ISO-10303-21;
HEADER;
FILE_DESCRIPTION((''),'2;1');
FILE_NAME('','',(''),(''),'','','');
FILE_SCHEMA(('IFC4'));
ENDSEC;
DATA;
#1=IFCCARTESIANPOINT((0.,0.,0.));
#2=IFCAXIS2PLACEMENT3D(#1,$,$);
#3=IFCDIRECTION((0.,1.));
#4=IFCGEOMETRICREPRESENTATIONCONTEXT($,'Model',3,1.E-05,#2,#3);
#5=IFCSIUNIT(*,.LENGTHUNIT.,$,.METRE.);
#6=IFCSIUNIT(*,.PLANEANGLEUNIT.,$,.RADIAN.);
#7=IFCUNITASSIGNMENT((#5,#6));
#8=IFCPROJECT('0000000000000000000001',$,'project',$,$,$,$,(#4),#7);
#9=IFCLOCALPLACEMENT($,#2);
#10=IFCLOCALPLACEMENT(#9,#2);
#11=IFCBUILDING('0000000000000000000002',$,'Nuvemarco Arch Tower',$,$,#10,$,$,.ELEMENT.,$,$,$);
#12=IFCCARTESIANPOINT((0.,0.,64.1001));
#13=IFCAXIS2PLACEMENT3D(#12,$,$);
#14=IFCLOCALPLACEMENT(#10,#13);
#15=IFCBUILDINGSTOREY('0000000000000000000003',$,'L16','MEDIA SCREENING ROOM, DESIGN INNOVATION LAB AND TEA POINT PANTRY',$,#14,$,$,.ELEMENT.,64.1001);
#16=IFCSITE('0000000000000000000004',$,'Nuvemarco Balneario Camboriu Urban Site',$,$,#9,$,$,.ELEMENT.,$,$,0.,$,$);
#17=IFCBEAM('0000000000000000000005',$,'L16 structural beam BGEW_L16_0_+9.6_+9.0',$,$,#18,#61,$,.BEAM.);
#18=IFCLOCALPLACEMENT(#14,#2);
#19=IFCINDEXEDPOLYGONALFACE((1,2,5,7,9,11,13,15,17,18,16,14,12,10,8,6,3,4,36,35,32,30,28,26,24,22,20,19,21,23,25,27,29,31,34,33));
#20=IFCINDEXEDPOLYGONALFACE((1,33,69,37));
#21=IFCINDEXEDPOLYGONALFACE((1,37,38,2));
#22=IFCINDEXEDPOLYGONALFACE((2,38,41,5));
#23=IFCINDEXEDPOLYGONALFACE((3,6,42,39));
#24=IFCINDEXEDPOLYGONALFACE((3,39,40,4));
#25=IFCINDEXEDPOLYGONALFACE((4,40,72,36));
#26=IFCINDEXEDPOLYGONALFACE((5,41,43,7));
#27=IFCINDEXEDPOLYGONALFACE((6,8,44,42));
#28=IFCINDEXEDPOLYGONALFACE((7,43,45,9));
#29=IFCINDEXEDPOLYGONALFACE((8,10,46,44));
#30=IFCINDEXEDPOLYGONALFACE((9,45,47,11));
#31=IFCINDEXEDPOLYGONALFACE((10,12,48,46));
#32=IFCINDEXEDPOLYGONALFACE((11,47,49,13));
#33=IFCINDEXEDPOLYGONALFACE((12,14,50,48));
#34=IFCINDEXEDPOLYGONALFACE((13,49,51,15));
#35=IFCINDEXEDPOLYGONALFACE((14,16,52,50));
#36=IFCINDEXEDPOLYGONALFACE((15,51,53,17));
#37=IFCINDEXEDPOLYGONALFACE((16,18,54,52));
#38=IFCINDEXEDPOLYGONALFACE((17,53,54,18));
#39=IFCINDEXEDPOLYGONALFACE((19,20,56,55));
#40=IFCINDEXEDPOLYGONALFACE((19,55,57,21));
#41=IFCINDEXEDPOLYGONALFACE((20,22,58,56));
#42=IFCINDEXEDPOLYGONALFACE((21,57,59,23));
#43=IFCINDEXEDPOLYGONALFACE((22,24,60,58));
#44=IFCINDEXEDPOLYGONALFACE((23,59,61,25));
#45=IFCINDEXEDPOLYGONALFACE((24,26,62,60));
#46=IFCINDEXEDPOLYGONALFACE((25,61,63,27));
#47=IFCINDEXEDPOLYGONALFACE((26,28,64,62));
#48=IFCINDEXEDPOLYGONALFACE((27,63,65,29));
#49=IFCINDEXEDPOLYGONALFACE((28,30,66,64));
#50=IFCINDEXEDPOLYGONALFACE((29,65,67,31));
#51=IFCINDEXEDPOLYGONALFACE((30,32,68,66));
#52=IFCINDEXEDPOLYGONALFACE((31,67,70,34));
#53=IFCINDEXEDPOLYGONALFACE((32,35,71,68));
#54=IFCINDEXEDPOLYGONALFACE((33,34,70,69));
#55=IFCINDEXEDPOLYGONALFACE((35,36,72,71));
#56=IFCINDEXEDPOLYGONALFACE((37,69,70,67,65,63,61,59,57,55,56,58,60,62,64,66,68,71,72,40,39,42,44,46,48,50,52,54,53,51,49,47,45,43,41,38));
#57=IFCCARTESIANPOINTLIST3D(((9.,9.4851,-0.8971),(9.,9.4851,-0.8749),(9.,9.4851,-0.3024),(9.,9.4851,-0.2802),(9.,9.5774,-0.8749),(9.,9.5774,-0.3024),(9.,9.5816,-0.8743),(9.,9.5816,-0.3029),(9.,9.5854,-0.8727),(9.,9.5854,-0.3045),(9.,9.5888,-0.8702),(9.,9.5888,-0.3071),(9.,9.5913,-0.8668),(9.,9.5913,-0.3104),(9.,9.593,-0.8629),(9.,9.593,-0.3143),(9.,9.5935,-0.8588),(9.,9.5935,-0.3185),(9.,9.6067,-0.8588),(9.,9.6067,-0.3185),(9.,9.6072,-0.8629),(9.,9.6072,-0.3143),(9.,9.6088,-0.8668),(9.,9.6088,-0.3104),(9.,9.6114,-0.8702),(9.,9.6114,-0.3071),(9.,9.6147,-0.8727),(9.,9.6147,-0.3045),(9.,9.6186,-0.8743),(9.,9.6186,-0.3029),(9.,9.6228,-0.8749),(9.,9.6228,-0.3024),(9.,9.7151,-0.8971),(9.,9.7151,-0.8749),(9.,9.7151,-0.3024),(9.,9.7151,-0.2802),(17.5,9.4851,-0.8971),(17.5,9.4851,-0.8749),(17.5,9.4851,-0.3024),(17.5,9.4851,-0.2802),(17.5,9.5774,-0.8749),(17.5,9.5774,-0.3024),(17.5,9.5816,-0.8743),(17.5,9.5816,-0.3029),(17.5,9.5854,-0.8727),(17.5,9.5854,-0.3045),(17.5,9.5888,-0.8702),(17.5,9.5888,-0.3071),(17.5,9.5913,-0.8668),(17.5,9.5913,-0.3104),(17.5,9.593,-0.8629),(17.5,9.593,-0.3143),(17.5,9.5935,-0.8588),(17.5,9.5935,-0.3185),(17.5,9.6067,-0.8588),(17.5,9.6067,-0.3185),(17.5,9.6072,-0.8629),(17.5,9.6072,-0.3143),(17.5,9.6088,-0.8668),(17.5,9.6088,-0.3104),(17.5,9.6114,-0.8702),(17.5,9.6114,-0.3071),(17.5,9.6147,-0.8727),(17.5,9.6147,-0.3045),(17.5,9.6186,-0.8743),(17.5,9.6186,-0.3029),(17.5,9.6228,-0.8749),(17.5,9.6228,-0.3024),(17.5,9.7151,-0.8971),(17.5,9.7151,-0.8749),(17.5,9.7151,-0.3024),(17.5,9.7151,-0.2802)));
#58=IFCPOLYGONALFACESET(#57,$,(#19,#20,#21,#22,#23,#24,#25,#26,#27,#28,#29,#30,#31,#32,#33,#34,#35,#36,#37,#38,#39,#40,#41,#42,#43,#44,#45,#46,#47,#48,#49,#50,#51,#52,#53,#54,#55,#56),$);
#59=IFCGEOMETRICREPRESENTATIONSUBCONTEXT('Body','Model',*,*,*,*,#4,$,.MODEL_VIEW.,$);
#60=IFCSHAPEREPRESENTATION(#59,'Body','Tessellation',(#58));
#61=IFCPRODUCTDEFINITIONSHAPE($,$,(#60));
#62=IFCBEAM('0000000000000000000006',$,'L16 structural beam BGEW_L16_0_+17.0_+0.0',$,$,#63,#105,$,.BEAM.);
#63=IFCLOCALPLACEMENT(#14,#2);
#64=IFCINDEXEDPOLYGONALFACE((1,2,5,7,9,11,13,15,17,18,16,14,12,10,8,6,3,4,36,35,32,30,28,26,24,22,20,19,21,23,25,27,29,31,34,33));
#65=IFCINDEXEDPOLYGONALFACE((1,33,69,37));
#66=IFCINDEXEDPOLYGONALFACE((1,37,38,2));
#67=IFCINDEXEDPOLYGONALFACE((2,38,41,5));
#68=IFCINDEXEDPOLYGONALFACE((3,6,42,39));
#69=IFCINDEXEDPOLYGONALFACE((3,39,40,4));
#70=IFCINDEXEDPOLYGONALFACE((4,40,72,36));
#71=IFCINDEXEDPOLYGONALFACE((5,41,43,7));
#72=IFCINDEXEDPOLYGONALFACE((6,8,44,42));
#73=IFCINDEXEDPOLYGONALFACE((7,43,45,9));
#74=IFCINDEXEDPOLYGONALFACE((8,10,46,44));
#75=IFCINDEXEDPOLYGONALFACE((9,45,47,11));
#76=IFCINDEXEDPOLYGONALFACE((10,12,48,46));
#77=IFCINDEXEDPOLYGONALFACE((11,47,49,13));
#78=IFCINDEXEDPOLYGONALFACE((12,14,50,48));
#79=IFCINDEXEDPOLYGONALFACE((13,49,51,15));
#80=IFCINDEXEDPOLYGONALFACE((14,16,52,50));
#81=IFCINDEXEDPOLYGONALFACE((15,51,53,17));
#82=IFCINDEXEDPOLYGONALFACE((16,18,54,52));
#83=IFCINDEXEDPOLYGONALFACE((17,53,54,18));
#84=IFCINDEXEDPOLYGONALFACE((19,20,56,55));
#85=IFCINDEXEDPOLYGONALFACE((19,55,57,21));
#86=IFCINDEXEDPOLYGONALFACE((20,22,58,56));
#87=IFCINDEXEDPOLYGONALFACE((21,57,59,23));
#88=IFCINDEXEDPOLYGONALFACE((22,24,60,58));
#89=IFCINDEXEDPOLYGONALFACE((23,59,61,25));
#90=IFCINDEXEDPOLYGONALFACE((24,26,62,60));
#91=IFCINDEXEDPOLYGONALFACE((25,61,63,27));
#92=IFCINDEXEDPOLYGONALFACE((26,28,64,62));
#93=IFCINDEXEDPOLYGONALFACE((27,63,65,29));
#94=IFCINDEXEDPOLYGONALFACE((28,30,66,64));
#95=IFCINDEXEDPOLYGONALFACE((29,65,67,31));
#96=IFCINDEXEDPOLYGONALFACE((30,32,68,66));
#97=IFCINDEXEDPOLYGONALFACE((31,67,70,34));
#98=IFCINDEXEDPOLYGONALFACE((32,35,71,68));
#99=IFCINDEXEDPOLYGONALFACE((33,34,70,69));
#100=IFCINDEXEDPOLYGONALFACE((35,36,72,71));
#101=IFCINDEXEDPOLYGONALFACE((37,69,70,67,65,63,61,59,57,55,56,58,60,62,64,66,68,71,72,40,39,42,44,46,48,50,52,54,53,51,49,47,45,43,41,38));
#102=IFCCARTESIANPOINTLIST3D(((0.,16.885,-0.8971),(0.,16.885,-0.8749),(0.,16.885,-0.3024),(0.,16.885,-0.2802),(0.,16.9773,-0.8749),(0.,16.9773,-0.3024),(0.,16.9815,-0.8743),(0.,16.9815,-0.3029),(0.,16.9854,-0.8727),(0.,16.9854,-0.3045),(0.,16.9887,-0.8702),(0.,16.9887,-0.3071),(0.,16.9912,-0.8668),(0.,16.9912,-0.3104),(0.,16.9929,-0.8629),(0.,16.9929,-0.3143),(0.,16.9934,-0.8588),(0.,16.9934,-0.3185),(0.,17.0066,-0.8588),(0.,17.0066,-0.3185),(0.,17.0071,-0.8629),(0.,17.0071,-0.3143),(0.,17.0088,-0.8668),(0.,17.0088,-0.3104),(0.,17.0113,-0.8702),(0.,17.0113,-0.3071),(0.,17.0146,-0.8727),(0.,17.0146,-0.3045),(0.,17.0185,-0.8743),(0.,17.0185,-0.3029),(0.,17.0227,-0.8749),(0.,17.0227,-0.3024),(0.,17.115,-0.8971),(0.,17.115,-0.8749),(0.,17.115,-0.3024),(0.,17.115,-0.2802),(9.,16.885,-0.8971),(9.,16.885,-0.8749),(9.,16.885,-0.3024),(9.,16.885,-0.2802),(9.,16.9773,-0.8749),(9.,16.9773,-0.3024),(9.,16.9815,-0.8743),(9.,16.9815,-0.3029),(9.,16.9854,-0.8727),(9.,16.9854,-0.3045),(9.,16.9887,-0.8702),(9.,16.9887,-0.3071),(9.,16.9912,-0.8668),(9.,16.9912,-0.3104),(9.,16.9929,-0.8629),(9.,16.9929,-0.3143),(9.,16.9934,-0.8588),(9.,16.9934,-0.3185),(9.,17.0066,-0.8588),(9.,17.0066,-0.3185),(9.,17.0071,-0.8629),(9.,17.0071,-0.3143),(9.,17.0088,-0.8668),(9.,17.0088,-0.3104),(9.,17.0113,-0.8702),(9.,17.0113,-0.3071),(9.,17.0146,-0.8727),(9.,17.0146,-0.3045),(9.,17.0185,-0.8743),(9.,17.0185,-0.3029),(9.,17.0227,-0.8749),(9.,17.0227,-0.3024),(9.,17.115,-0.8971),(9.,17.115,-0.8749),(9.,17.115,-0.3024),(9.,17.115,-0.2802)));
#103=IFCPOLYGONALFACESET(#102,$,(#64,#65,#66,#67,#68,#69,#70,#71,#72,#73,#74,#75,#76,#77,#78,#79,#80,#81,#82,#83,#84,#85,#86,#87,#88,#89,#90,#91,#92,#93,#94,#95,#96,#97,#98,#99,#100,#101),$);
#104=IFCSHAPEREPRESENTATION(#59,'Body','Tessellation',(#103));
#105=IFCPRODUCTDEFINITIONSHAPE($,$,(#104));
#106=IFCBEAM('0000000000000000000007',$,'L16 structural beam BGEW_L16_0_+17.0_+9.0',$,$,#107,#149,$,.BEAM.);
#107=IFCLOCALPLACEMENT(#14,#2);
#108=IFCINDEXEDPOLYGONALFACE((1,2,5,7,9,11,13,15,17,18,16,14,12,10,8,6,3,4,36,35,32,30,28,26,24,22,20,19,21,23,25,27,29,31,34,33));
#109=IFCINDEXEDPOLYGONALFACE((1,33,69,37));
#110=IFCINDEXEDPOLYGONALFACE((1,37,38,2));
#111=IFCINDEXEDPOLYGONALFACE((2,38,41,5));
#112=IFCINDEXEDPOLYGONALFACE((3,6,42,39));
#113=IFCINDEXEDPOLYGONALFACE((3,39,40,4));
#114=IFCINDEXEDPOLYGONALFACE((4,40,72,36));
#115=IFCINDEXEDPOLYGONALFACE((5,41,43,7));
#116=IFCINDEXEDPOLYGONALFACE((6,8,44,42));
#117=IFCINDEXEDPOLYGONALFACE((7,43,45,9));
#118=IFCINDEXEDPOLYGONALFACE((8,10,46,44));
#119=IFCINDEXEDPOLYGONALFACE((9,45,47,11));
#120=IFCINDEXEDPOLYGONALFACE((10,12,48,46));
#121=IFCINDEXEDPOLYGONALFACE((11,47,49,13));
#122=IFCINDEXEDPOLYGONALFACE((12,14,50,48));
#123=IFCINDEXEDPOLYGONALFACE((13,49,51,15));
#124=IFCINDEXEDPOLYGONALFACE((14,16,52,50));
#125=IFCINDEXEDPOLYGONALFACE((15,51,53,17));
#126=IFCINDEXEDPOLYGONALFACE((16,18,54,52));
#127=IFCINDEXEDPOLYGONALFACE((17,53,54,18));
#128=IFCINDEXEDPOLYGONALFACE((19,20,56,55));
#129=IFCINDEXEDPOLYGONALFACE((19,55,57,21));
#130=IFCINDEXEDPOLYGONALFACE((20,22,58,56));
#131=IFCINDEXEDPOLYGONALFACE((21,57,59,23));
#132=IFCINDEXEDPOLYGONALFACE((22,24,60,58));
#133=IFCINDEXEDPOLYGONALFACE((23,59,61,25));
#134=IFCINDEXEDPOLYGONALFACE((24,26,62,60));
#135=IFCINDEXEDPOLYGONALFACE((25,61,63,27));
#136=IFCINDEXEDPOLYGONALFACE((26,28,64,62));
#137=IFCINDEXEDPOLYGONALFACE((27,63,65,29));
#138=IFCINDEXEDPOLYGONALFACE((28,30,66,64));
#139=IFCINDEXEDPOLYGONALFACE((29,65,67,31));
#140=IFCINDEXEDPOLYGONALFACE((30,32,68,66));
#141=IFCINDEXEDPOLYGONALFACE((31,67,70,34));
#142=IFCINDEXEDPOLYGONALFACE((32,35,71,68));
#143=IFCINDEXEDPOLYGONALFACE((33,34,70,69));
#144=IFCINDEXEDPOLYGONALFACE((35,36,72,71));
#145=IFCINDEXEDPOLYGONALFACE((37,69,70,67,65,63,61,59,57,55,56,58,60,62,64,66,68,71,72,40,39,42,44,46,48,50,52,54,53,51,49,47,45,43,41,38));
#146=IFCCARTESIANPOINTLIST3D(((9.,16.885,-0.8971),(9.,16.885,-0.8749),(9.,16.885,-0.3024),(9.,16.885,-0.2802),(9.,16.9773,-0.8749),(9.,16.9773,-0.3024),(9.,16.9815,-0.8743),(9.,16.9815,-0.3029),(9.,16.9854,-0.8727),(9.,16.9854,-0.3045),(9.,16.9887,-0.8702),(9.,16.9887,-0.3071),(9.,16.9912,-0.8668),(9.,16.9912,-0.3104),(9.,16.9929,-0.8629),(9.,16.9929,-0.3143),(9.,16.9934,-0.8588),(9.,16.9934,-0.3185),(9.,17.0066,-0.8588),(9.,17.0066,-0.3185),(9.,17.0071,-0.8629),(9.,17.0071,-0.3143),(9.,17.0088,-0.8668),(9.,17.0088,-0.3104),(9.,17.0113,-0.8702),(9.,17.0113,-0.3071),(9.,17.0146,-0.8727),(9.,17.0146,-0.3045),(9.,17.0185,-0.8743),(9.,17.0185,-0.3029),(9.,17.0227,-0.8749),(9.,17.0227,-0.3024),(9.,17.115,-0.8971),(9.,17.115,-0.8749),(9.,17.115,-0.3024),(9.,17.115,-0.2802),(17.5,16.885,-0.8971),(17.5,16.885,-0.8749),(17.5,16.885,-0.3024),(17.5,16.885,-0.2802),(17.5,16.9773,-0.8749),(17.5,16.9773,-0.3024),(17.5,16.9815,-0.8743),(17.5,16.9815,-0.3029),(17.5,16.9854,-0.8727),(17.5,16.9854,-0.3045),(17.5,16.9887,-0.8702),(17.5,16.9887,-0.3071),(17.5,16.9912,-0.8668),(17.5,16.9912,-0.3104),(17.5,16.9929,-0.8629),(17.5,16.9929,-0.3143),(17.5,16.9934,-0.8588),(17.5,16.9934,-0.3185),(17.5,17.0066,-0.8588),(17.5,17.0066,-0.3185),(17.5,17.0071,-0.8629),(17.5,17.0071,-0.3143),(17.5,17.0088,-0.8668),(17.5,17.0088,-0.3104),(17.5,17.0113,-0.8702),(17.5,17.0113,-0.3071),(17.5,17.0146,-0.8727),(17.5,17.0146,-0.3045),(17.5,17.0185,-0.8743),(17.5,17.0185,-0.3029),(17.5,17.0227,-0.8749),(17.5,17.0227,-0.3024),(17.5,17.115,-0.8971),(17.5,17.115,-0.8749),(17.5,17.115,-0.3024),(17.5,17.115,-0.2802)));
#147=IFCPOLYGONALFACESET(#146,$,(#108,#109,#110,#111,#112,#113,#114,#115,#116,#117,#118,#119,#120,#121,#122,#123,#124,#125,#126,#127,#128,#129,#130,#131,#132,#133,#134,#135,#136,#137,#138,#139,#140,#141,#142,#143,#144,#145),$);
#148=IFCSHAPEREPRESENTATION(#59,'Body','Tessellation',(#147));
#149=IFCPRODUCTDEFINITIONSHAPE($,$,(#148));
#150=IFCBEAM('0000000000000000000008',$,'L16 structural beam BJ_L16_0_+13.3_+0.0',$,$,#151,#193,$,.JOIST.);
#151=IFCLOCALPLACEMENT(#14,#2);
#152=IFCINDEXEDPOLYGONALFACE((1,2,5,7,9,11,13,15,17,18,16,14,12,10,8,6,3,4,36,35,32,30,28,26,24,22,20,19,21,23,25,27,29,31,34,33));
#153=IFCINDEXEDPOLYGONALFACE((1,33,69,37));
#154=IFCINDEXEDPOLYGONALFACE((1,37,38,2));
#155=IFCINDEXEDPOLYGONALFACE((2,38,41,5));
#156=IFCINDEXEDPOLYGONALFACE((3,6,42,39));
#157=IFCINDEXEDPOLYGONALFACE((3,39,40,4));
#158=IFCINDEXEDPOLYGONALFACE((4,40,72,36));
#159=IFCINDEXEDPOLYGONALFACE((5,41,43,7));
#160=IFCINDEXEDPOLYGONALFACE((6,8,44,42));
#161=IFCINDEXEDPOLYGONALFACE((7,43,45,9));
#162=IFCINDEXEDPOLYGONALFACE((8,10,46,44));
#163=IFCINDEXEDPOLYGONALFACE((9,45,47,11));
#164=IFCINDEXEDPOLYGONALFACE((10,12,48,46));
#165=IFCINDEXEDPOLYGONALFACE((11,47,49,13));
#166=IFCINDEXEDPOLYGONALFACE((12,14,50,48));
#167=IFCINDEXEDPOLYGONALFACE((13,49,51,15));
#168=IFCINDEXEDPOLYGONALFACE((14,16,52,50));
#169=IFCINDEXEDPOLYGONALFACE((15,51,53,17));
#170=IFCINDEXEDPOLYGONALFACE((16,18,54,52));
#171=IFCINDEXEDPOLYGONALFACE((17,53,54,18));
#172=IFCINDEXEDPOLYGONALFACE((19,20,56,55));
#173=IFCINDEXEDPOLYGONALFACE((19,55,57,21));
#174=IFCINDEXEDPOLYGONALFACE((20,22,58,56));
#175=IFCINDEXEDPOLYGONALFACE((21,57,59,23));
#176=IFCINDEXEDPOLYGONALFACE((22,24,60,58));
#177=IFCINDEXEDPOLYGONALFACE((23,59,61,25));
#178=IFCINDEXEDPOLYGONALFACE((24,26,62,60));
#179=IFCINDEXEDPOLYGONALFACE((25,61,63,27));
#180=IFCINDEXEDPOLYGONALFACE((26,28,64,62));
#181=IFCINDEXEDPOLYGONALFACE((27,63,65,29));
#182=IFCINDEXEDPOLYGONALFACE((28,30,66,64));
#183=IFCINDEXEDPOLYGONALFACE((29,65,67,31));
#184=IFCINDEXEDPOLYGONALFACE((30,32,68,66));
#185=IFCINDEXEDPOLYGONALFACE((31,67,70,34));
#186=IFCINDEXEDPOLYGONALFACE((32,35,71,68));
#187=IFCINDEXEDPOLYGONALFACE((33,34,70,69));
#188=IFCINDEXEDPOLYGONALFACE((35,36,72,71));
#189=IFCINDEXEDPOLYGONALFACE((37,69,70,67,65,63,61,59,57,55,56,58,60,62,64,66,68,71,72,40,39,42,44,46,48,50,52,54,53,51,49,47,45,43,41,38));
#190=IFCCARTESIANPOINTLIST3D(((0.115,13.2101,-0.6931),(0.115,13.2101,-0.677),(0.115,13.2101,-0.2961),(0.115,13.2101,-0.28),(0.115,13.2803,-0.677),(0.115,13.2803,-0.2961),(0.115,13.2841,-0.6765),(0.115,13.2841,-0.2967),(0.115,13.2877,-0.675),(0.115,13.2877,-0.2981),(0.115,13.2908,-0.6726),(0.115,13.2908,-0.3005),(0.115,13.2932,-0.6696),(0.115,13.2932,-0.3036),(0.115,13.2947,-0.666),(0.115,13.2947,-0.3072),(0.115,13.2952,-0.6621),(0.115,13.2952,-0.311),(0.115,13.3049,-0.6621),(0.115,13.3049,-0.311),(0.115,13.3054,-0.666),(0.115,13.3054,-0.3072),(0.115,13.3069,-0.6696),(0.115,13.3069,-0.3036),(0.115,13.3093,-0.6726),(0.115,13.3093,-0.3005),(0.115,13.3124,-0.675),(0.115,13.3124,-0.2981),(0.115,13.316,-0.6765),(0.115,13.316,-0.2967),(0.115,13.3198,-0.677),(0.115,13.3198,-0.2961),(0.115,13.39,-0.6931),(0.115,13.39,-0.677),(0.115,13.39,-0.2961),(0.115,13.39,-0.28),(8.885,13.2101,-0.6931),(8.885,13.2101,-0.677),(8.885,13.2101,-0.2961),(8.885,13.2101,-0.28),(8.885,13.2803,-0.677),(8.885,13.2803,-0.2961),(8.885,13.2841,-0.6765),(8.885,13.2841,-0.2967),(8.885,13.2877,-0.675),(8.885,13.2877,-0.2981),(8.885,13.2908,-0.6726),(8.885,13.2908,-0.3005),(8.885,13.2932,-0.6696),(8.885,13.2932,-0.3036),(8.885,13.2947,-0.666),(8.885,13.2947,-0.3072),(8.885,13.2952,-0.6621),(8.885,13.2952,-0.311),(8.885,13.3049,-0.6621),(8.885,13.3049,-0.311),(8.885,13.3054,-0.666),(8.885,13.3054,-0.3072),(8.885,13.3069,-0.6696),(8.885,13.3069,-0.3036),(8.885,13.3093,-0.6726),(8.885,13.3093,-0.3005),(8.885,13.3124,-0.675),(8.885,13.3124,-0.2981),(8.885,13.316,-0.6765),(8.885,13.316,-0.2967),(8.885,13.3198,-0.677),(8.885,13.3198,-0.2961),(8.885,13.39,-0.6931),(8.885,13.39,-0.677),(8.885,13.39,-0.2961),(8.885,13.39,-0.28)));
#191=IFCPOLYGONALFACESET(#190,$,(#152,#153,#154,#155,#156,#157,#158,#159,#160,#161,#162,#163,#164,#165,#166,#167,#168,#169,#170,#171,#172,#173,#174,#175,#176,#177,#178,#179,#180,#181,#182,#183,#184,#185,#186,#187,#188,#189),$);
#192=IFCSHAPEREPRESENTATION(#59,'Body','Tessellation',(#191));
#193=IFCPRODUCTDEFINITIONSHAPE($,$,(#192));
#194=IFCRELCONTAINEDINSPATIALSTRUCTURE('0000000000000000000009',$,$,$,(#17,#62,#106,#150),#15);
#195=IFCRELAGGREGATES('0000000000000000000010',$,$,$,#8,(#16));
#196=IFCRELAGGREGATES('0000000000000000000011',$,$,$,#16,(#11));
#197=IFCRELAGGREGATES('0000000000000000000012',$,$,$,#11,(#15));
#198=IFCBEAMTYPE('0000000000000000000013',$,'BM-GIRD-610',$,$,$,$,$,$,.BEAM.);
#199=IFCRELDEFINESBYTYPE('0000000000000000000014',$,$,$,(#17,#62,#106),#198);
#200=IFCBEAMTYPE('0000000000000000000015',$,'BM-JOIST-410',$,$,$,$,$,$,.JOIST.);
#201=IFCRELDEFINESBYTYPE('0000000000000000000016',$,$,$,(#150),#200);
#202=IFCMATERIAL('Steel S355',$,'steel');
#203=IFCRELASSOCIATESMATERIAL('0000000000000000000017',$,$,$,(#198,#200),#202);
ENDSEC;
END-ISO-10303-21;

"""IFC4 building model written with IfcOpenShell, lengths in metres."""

from ifc_helpers import new_model, si_unit, direction, frame, origin, origin_2d, place, context, subcontext, project, spatial, i_section, extrude, material, material_profile, profile_set, type_object, element, save


model = new_model("IFC4")

# Units and contexts
model_context = context("Model", 3, precision=1e-05, world=origin(), true_north=direction((0.0, 1.0)))
body_context = subcontext(model_context, "Body", "Model", "MODEL_VIEW")
ifc_project = project(units=[si_unit("LENGTHUNIT", "METRE"), si_unit("PLANEANGLEUNIT", "RADIAN")], contexts=[model_context])

# Site, building, storey
site_placement = place(None, origin())
site = spatial("IfcSite", under=ifc_project, at=site_placement, Name="Nuvemarco Balneario Camboriu Urban Site", CompositionType="ELEMENT", RefElevation=0.0)
building_placement = place(site_placement, origin())
building = spatial("IfcBuilding", under=site, at=building_placement, Name="Nuvemarco Arch Tower", CompositionType="ELEMENT")
storey_placement = place(building_placement, frame((0.0, 0.0, 64.1001)))
storey = spatial("IfcBuildingStorey", under=building, at=storey_placement, Name="L16", Description="MEDIA SCREENING ROOM, DESIGN INNOVATION LAB AND TEA POINT PANTRY", CompositionType="ELEMENT", Elevation=64.1001)

# Shared definitions
ifc_material_1 = material(Name="Steel S355", Category="steel")

# Beams
ifc_material_profile_1 = material_profile(ifc_material_1, i_section(OverallWidth=0.23, OverallDepth=0.6169, WebThickness=0.0132, FlangeThickness=0.0222, FilletRadius=0.0161, at=origin_2d()), Name="W610x140")
ifc_profile_set_1 = profile_set([ifc_material_profile_1], Name="Steel S355")
beam_type_1 = type_object("IfcBeamType", Name="BM-GIRD-610", PredefinedType="BEAM", material=ifc_profile_set_1)
beam_1_placement = place(storey_placement, frame((9.0, 9.6001, -0.5886), z_axis=(1.0, 0.0, 0.0), x_axis=(0.0, 1.0, 0.0)))
element("IfcBeam", 1, at=beam_1_placement, inside=storey, type_object=beam_type_1, Name="L16 structural beam BGEW_L16_0_+9.6_+9.0", PredefinedType="BEAM", context=body_context, shape_type="SweptSolid", body=[
    extrude(i_section(OverallWidth=0.23, OverallDepth=0.6169, WebThickness=0.0132, FlangeThickness=0.0222, FilletRadius=0.0161, at=origin_2d()), origin(), (0.0, 0.0, 1.0), 8.5),
])
beam_2_placement = place(storey_placement, frame((0.0, 17.0, -0.5886), z_axis=(1.0, 0.0, 0.0), x_axis=(0.0, 1.0, 0.0)))
element("IfcBeam", 2, at=beam_2_placement, inside=storey, type_object=beam_type_1, Name="L16 structural beam BGEW_L16_0_+17.0_+0.0", PredefinedType="BEAM", context=body_context, shape_type="SweptSolid", body=[
    extrude(i_section(OverallWidth=0.23, OverallDepth=0.6169, WebThickness=0.0132, FlangeThickness=0.0222, FilletRadius=0.0161, at=origin_2d()), origin(), (0.0, 0.0, 1.0), 9.0),
])
beam_3_placement = place(storey_placement, frame((9.0, 17.0, -0.5886), z_axis=(1.0, 0.0, 0.0), x_axis=(0.0, 1.0, 0.0)))
element("IfcBeam", 3, at=beam_3_placement, inside=storey, type_object=beam_type_1, Name="L16 structural beam BGEW_L16_0_+17.0_+9.0", PredefinedType="BEAM", context=body_context, shape_type="SweptSolid", body=[
    extrude(i_section(OverallWidth=0.23, OverallDepth=0.6169, WebThickness=0.0132, FlangeThickness=0.0222, FilletRadius=0.0161, at=origin_2d()), origin(), (0.0, 0.0, 1.0), 8.5),
])
ifc_material_profile_2 = material_profile(ifc_material_1, i_section(OverallWidth=0.1799, OverallDepth=0.4131, WebThickness=0.0098, FlangeThickness=0.0161, FilletRadius=0.0149, at=origin_2d()), Name="W410x75")
ifc_profile_set_2 = profile_set([ifc_material_profile_2], Name="Steel S355")
beam_type_2 = type_object("IfcBeamType", Name="BM-JOIST-410", PredefinedType="JOIST", material=ifc_profile_set_2)
beam_4_placement = place(storey_placement, frame((0.115, 13.3, -0.4866), z_axis=(1.0, 0.0, 0.0), x_axis=(0.0, 1.0, 0.0)))
element("IfcBeam", 4, at=beam_4_placement, inside=storey, type_object=beam_type_2, Name="L16 structural beam BJ_L16_0_+13.3_+0.0", PredefinedType="JOIST", context=body_context, shape_type="SweptSolid", body=[
    extrude(i_section(OverallWidth=0.1799, OverallDepth=0.4131, WebThickness=0.0098, FlangeThickness=0.0161, FilletRadius=0.0149, at=origin_2d()), origin(), (0.0, 0.0, 1.0), 8.77),
])

save(model, "model.ifc")
